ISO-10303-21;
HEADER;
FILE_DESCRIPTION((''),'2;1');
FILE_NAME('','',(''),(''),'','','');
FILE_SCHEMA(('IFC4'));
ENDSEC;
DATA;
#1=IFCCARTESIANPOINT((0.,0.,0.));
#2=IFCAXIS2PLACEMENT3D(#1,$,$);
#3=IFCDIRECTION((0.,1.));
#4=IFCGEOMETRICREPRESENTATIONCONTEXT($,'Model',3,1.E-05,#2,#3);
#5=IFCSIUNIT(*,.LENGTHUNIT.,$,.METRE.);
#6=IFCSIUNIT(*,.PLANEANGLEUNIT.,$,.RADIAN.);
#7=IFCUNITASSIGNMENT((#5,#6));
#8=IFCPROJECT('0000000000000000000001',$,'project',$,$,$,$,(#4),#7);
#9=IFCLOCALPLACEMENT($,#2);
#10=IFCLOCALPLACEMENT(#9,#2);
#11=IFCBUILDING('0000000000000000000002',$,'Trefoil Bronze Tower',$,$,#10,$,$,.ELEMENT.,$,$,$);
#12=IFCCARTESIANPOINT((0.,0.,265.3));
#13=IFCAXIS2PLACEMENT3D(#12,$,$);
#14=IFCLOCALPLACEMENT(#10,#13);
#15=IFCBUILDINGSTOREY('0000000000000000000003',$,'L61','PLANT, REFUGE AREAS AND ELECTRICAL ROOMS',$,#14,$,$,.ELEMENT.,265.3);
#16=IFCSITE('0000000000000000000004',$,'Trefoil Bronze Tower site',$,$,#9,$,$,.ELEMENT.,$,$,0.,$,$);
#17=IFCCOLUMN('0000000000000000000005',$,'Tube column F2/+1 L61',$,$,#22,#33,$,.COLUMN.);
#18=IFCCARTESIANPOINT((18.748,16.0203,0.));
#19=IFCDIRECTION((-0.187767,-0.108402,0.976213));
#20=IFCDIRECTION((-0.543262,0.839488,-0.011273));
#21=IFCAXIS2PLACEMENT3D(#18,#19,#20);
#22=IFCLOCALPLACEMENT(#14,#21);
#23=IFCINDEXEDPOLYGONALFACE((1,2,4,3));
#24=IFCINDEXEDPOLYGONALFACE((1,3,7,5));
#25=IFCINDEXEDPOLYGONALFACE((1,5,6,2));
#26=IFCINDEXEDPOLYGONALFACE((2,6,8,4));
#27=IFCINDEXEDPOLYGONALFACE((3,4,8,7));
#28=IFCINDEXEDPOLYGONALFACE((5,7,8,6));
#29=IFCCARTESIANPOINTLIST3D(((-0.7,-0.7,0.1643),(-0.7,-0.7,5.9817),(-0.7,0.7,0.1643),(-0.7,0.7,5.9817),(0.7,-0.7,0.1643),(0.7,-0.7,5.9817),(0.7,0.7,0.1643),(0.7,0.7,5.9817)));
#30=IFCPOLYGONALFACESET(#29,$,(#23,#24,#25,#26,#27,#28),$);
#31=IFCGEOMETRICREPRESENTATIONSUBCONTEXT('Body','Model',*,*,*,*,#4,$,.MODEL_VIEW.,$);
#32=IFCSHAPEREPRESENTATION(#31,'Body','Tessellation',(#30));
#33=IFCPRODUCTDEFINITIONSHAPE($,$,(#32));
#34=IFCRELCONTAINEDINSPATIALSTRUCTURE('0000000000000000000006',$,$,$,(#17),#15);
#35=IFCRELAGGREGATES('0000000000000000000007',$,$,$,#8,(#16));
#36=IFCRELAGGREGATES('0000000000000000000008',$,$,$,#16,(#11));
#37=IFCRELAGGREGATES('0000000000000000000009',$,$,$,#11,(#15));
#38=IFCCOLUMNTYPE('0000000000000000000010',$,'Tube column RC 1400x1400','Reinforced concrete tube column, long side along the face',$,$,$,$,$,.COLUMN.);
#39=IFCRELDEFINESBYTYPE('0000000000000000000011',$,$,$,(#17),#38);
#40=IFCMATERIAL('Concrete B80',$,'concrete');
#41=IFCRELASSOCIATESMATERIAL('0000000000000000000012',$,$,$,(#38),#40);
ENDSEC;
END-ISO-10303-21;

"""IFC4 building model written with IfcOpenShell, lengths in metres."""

from ifc_helpers import new_model, si_unit, direction, frame, origin, origin_2d, place, context, subcontext, project, spatial, rectangle, extrude, clip, halfspace, material, material_profile, profile_set, type_object, element, save


model = new_model("IFC4")

# Units and contexts
model_context = context("Model", 3, precision=1e-05, world=origin(), true_north=direction((0.0, 1.0)))
body_context = subcontext(model_context, "Body", "Model", "MODEL_VIEW")
ifc_project = project(units=[si_unit("LENGTHUNIT", "METRE"), si_unit("PLANEANGLEUNIT", "RADIAN")], contexts=[model_context])

# Site, building, storey
site_placement = place(None, origin())
site = spatial("IfcSite", under=ifc_project, at=site_placement, Name="Trefoil Bronze Tower site", CompositionType="ELEMENT", RefElevation=0.0)
building_placement = place(site_placement, origin())
building = spatial("IfcBuilding", under=site, at=building_placement, Name="Trefoil Bronze Tower", CompositionType="ELEMENT")
storey_placement = place(building_placement, frame((0.0, 0.0, 265.3)))
storey = spatial("IfcBuildingStorey", under=building, at=storey_placement, Name="L61", Description="PLANT, REFUGE AREAS AND ELECTRICAL ROOMS", CompositionType="ELEMENT", Elevation=265.3)

# Column
ifc_material_1 = material(Name="Concrete B80", Category="concrete")
ifc_material_profile_1 = material_profile(ifc_material_1, rectangle(XDim=1.3999, YDim=1.3999, at=origin_2d()), Name="RC 1400x1400")
ifc_profile_set_1 = profile_set([ifc_material_profile_1], Name="Concrete B80")
column_type = type_object("IfcColumnType", Name="Tube column RC 1400x1400", Description="Reinforced concrete tube column, long side along the face", PredefinedType="COLUMN", material=ifc_profile_set_1)
column_placement = place(storey_placement, frame((18.748, 16.0203, 0.0), z_axis=(-0.187767, -0.108402, 0.976213), x_axis=(-0.543262, 0.839488, -0.011273)))
element("IfcColumn", 1, at=column_placement, inside=storey, type_object=column_type, Name="Tube column F2/+1 L61", PredefinedType="COLUMN", context=body_context, shape_type="Clipping", body=[
    clip(clip(extrude(rectangle(XDim=1.3999, YDim=1.3999, at=origin_2d()), origin(), (0.0, 0.0, 1.0), 6.1462), halfspace(frame((0.0, 0.0, 0.1643), z_axis=(-0.000005, -0.000009, 1.0), x_axis=(0.0, 1.0, 0.000009)), True)), halfspace(frame((0.0, 0.0, 5.9817), z_axis=(0.000005, 0.000009, -1.0), x_axis=(0.0, -1.0, -0.000009)), True)),
])

save(model, "model.ifc")
